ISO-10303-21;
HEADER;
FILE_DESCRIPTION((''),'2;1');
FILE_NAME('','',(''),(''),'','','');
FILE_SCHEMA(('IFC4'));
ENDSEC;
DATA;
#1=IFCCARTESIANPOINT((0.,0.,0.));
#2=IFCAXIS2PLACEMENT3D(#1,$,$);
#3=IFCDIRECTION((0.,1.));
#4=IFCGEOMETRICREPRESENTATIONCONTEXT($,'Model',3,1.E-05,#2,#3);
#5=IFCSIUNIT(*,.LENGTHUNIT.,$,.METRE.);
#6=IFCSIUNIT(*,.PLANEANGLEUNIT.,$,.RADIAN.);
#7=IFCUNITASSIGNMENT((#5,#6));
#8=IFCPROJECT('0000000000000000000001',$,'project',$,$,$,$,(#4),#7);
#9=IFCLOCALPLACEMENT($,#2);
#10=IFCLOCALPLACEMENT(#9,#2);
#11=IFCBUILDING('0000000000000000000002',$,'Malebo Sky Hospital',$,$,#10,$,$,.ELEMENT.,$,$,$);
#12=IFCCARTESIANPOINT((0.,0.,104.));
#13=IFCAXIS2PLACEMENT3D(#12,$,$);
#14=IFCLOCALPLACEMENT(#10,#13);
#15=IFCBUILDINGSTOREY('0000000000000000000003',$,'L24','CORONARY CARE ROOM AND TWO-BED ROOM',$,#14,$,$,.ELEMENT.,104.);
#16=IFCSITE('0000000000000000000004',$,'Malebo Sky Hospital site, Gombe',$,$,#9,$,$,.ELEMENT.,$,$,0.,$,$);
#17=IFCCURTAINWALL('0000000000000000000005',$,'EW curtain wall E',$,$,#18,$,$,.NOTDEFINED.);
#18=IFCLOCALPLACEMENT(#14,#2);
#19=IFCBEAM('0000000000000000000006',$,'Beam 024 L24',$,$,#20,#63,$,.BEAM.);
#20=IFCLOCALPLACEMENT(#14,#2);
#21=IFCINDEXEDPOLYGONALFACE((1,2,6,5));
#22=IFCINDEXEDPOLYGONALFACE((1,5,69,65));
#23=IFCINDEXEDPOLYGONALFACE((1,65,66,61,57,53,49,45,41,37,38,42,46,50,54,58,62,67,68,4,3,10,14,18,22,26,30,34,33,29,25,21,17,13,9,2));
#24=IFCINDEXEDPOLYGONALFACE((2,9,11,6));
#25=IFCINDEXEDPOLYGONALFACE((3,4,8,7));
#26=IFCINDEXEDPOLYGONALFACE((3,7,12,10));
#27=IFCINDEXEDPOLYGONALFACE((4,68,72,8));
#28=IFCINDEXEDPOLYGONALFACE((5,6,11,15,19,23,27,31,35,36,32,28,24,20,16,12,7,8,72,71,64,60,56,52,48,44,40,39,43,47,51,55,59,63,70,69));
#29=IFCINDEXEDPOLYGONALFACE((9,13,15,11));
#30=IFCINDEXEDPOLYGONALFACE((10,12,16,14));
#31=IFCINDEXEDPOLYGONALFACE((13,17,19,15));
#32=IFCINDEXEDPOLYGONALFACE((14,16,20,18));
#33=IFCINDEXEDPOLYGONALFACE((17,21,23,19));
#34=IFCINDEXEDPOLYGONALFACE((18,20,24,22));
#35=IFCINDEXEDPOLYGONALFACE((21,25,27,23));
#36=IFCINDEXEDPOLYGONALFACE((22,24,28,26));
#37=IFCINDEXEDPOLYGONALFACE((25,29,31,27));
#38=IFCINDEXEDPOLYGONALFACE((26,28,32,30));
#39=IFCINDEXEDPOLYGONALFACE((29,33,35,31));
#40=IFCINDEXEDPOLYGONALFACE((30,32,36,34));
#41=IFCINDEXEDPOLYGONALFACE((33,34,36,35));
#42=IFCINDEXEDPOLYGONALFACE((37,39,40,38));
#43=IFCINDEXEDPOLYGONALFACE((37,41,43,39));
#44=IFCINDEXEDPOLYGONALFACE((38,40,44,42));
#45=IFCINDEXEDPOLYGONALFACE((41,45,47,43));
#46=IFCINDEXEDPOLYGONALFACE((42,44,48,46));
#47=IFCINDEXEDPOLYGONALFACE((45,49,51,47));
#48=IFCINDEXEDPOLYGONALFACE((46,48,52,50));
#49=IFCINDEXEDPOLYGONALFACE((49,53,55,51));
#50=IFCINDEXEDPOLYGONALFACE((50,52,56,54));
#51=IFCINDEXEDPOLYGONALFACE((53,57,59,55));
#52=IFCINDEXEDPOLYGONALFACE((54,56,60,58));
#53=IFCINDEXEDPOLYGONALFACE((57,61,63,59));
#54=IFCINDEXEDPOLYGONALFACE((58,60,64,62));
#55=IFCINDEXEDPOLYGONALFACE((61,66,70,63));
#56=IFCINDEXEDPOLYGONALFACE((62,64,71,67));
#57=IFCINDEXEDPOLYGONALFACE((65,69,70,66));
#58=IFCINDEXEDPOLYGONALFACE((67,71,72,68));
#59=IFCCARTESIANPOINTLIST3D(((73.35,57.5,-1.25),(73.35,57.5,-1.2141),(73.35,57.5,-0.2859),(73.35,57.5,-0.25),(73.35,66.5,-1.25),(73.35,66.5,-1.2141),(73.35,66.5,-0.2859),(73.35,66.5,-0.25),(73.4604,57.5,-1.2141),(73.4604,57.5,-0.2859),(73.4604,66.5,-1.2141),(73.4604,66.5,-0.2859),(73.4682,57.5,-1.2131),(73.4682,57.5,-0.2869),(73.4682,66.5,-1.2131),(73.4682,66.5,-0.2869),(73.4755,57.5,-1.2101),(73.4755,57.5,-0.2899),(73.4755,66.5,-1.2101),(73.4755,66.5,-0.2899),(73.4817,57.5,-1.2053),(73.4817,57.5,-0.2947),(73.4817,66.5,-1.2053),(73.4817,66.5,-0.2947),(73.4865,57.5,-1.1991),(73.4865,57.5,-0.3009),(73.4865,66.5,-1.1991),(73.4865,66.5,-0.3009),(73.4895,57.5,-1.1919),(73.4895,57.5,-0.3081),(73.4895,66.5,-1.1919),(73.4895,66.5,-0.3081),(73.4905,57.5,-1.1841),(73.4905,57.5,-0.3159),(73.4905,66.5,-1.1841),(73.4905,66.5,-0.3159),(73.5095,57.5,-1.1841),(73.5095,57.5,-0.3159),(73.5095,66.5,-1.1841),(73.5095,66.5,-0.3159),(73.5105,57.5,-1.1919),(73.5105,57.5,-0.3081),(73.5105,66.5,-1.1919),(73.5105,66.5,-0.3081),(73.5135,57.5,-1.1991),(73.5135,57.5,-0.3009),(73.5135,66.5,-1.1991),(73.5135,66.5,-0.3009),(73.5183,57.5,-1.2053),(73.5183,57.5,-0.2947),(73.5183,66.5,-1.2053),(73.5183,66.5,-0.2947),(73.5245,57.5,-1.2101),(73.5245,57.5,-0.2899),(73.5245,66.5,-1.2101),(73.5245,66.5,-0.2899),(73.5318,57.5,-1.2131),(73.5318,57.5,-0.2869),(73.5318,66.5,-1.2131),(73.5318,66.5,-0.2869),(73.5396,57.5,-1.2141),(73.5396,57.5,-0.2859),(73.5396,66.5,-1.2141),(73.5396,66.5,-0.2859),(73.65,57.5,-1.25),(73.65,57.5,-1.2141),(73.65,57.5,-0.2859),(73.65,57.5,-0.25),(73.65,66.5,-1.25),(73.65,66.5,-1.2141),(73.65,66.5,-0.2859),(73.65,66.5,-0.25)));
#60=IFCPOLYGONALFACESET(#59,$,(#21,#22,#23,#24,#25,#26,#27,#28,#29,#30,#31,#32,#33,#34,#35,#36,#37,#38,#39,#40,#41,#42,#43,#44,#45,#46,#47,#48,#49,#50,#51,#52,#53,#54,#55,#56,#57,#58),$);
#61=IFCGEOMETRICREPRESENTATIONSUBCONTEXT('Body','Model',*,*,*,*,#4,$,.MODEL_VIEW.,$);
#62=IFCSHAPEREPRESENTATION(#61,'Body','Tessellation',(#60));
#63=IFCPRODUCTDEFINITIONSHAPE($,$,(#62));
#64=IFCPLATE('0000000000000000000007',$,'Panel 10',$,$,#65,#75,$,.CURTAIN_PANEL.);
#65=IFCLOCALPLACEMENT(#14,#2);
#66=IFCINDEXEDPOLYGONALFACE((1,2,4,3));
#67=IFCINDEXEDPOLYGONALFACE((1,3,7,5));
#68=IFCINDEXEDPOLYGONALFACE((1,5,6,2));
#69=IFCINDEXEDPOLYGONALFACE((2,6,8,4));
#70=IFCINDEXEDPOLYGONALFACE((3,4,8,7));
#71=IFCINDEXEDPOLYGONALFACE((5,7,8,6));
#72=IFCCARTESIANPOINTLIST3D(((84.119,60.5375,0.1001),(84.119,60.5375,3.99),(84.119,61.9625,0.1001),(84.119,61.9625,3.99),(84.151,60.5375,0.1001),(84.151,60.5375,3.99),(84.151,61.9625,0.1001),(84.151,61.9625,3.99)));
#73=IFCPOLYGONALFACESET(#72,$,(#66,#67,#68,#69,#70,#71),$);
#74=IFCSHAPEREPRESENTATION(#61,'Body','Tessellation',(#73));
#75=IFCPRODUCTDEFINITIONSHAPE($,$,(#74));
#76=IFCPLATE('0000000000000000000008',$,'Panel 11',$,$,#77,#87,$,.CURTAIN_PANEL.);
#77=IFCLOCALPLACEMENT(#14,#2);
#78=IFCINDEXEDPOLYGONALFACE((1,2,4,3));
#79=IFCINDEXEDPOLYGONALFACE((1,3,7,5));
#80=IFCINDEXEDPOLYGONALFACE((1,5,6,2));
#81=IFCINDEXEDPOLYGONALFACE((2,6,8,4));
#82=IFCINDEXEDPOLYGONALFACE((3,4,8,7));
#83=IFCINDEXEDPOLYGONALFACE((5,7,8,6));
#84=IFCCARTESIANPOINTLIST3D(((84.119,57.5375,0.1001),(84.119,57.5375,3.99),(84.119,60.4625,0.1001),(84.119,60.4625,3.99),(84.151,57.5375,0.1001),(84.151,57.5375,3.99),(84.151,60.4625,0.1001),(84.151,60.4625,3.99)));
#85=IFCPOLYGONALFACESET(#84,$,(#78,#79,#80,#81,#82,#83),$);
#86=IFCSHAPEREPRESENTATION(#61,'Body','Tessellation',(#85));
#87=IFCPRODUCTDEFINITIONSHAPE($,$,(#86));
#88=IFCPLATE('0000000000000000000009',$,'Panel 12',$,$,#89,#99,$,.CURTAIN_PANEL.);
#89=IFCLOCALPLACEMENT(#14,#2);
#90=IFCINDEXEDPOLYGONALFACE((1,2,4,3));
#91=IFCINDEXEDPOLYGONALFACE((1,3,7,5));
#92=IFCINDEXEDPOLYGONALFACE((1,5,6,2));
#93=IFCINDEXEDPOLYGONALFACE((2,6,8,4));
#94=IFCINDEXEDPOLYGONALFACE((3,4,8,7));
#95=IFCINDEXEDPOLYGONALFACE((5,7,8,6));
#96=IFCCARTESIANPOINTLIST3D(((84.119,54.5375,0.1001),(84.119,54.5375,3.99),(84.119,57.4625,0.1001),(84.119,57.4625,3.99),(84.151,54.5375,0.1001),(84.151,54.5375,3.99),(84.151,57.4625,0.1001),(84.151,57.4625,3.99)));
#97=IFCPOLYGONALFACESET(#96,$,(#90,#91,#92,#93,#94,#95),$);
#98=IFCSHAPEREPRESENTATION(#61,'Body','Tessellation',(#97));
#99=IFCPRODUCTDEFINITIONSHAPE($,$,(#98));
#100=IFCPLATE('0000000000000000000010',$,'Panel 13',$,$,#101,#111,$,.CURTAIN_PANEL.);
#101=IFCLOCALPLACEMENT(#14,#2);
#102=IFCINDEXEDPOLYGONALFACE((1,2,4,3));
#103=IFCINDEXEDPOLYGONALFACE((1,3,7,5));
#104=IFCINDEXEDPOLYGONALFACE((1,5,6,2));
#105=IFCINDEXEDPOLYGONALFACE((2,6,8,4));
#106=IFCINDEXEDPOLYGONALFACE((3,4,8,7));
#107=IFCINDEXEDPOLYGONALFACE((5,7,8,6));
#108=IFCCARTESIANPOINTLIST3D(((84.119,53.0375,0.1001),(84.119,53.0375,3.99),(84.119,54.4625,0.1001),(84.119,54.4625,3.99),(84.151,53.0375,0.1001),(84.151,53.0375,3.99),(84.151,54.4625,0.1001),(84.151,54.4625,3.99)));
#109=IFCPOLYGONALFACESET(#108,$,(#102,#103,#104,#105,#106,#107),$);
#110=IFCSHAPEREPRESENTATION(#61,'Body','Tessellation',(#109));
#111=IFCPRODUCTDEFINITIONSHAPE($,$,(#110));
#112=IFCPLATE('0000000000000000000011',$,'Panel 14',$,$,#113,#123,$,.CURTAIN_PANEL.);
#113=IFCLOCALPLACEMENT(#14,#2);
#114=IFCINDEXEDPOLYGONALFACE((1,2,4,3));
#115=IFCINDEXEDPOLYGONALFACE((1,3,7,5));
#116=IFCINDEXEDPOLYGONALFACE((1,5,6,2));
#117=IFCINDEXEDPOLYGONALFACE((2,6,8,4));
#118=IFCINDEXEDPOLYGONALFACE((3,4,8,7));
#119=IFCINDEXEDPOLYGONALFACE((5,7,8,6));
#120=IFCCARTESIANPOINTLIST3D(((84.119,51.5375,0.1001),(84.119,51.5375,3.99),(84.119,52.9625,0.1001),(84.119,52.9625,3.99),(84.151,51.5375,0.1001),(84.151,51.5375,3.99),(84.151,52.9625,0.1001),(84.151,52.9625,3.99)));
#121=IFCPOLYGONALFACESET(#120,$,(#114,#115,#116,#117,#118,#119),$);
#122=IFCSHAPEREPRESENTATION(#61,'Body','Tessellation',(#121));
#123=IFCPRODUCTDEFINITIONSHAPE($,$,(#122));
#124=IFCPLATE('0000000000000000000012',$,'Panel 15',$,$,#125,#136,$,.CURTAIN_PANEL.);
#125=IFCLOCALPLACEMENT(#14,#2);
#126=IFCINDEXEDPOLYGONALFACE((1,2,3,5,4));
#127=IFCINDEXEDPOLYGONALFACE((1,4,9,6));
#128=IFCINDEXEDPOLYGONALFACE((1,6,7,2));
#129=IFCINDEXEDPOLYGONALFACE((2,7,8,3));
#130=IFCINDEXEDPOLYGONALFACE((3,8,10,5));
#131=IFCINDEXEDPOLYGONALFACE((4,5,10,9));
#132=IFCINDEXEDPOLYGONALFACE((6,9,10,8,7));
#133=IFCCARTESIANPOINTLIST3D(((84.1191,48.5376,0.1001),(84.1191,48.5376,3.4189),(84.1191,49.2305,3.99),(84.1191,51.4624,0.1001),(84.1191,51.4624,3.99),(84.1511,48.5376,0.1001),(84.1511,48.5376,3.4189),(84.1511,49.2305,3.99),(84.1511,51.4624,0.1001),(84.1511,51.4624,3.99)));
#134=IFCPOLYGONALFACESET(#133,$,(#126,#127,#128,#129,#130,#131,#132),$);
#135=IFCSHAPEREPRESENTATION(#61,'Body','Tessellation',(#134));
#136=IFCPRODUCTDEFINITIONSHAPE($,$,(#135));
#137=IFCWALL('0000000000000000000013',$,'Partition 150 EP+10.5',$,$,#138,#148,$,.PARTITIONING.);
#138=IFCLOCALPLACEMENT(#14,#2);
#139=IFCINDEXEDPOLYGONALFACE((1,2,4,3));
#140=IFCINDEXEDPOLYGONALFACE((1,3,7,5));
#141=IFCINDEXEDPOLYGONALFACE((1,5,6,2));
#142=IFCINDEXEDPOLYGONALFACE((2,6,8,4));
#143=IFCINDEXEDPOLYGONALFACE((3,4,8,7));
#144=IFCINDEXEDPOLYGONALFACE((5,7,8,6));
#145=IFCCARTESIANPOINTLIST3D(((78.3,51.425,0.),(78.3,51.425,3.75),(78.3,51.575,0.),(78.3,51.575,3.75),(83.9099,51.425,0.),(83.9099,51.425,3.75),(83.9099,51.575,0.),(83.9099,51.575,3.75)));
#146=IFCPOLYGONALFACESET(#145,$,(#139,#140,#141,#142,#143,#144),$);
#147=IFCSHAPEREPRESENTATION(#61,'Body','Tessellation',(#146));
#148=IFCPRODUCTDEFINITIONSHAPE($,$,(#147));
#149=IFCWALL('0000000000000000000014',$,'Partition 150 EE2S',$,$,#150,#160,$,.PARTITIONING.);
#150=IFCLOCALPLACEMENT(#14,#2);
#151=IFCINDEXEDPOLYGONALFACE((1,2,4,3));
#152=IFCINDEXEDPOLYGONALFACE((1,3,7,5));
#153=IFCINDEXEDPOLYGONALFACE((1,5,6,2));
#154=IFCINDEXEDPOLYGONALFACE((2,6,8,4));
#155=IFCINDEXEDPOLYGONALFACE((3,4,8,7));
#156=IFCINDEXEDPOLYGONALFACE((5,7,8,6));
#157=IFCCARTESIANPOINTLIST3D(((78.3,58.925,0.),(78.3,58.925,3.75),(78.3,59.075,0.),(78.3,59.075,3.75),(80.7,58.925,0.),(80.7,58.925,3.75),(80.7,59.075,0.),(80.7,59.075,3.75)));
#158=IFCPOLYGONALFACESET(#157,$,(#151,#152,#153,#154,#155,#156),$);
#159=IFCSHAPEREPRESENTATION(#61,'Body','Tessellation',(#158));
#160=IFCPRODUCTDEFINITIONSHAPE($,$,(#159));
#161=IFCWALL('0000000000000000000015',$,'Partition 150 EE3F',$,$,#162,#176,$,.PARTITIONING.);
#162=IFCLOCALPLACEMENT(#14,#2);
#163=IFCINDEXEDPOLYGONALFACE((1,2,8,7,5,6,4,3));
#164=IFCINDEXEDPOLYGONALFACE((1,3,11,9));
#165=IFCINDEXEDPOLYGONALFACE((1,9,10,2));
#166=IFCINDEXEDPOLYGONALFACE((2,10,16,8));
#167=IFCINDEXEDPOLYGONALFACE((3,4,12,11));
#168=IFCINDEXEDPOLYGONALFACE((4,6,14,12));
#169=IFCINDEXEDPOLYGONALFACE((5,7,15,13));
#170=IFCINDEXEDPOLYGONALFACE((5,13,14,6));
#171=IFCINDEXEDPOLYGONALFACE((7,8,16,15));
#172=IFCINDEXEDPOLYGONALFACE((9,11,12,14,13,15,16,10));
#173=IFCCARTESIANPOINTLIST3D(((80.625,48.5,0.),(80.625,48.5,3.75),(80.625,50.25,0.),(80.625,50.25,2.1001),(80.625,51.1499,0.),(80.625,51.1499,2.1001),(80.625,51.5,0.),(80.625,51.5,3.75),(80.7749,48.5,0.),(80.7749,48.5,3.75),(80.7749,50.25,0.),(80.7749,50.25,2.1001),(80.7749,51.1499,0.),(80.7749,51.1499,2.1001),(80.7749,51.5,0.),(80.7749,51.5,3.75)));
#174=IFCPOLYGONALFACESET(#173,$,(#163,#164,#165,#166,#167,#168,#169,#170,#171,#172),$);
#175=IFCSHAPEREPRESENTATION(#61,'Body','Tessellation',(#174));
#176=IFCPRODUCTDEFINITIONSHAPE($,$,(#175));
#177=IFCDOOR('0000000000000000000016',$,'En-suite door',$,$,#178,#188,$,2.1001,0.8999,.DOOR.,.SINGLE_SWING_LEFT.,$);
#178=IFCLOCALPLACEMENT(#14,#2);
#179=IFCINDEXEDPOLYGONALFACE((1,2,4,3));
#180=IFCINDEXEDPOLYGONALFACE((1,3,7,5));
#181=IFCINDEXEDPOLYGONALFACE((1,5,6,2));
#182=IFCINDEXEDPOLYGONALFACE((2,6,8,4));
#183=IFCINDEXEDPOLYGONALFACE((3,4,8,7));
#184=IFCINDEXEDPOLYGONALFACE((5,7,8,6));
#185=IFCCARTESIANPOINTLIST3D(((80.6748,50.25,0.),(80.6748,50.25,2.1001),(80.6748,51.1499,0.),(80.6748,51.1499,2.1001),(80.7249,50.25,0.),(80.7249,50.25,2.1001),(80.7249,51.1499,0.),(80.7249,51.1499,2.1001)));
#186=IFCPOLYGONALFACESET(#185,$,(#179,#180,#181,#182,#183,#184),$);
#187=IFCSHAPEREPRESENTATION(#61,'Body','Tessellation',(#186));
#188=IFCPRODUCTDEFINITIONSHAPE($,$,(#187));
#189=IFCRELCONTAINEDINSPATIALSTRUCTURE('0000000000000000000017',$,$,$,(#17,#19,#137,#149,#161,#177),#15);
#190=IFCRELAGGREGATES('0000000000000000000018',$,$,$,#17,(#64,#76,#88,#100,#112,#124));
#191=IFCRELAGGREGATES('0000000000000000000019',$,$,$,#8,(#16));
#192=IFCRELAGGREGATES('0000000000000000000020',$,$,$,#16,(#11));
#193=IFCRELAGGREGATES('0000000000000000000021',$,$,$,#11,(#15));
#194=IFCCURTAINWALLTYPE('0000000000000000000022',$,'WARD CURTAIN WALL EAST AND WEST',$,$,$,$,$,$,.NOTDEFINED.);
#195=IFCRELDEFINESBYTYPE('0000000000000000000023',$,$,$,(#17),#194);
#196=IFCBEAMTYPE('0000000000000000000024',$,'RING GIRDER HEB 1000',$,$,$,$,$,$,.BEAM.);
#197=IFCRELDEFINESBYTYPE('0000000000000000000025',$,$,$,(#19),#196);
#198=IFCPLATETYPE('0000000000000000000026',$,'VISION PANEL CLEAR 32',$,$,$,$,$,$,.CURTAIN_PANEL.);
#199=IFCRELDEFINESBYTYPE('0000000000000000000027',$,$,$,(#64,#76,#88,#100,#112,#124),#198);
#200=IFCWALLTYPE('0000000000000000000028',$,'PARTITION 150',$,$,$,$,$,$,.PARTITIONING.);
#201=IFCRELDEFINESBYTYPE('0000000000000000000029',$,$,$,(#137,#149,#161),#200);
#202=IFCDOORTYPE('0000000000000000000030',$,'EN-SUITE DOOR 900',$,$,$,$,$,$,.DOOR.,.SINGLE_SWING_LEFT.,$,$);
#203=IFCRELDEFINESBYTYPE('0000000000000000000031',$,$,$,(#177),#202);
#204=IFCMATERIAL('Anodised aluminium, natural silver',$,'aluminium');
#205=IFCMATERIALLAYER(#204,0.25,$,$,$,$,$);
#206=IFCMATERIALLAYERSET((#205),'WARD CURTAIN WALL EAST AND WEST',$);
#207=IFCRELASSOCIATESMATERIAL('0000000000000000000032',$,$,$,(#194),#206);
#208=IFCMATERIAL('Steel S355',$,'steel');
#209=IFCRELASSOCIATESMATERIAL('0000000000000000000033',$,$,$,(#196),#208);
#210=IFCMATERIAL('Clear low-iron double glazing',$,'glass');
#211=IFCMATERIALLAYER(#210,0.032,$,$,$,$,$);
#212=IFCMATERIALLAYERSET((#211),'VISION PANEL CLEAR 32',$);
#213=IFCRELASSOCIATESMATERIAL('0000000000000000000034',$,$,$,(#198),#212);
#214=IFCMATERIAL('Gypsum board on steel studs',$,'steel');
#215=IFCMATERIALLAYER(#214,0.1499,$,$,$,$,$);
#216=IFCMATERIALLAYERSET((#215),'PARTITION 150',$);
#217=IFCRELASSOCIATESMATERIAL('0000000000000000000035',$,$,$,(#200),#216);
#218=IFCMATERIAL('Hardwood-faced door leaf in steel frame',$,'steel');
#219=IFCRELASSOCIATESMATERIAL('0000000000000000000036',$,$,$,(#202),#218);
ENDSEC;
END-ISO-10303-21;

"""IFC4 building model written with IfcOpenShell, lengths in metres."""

from ifc_helpers import new_model, si_unit, direction, frame, frame_2d, origin, origin_2d, place, context, subcontext, project, spatial, polyline, rectangle, i_section, outline, extrude, material, layer, layer_set, material_profile, profile_set, type_object, element, fill, aggregate, save


model = new_model("IFC4")

# Units and contexts
model_context = context("Model", 3, precision=1e-05, world=origin(), true_north=direction((0.0, 1.0)))
body_context = subcontext(model_context, "Body", "Model", "MODEL_VIEW")
ifc_project = project(units=[si_unit("LENGTHUNIT", "METRE"), si_unit("PLANEANGLEUNIT", "RADIAN")], contexts=[model_context])

# Site, building, storey
site_placement = place(None, origin())
site = spatial("IfcSite", under=ifc_project, at=site_placement, Name="Malebo Sky Hospital site, Gombe", CompositionType="ELEMENT", RefElevation=0.0)
building_placement = place(site_placement, origin())
building = spatial("IfcBuilding", under=site, at=building_placement, Name="Malebo Sky Hospital", CompositionType="ELEMENT")
storey_placement = place(building_placement, frame((0.0, 0.0, 104.0)))
storey = spatial("IfcBuildingStorey", under=building, at=storey_placement, Name="L24", Description="CORONARY CARE ROOM AND TWO-BED ROOM", CompositionType="ELEMENT", Elevation=104.0)

# Curtain wall
ifc_material_1 = material(Name="Anodised aluminium, natural silver", Category="aluminium")
ifc_layer_1 = layer(ifc_material_1, 0.25)
ifc_layer_set_1 = layer_set([ifc_layer_1], Name="WARD CURTAIN WALL EAST AND WEST")
curtain_wall_type = type_object("IfcCurtainWallType", Name="WARD CURTAIN WALL EAST AND WEST", PredefinedType="NOTDEFINED", material=ifc_layer_set_1)
curtain_wall_placement = place(storey_placement, origin())
curtain_wall = element("IfcCurtainWall", 1, at=curtain_wall_placement, inside=storey, type_object=curtain_wall_type, Name="EW curtain wall E", PredefinedType="NOTDEFINED")

# Beam
ifc_material_2 = material(Name="Steel S355", Category="steel")
ifc_material_profile_1 = material_profile(ifc_material_2, i_section(OverallWidth=0.3, OverallDepth=1.0, WebThickness=0.019, FlangeThickness=0.0359, FilletRadius=0.03, at=origin_2d()), Name="HEB 1000")
ifc_profile_set_1 = profile_set([ifc_material_profile_1], Name="Steel S355")
beam_type_1 = type_object("IfcBeamType", Name="RING GIRDER HEB 1000", PredefinedType="BEAM", material=ifc_profile_set_1)
beam_1_placement = place(storey_placement, frame((73.5, 57.5, -0.75), z_axis=(0.0, 1.0, 0.0), x_axis=(-1.0, 0.0, 0.0)))
element("IfcBeam", 2, at=beam_1_placement, inside=storey, type_object=beam_type_1, Name="Beam 024 L24", PredefinedType="BEAM", context=body_context, shape_type="SweptSolid", body=[
    extrude(i_section(OverallWidth=0.3, OverallDepth=1.0, WebThickness=0.019, FlangeThickness=0.0359, FilletRadius=0.03, at=origin_2d()), origin(), (0.0, 0.0, 1.0), 9.0),
])

# Plates
ifc_material_3 = material(Name="Clear low-iron double glazing", Category="glass")
ifc_layer_2 = layer(ifc_material_3, 0.032)
ifc_layer_set_2 = layer_set([ifc_layer_2], Name="VISION PANEL CLEAR 32")
plate_type = type_object("IfcPlateType", Name="VISION PANEL CLEAR 32", PredefinedType="CURTAIN_PANEL", material=ifc_layer_set_2)
plate_1_placement = place(storey_placement, frame((84.135, 61.25, 0.1001), z_axis=(0.0, 0.0, 1.0), x_axis=(0.0, -1.0, 0.0)))
plate_1 = element("IfcPlate", 3, at=plate_1_placement, type_object=plate_type, Name="Panel 10", PredefinedType="CURTAIN_PANEL", context=body_context, shape_type="SweptSolid", body=[
    extrude(rectangle(XDim=1.425, YDim=0.032, at=origin_2d()), origin(), (0.0, 0.0, 1.0), 3.8899),
])
plate_2_placement = place(storey_placement, frame((84.135, 59.0, 0.1001), z_axis=(0.0, 0.0, 1.0), x_axis=(0.0, -1.0, 0.0)))
plate_2 = element("IfcPlate", 4, at=plate_2_placement, type_object=plate_type, Name="Panel 11", PredefinedType="CURTAIN_PANEL", context=body_context, shape_type="SweptSolid", body=[
    extrude(rectangle(XDim=2.925, YDim=0.032, at=origin_2d()), origin(), (0.0, 0.0, 1.0), 3.8899),
])
plate_3_placement = place(storey_placement, frame((84.135, 56.0, 0.1001), z_axis=(0.0, 0.0, 1.0), x_axis=(0.0, -1.0, 0.0)))
plate_3 = element("IfcPlate", 5, at=plate_3_placement, type_object=plate_type, Name="Panel 12", PredefinedType="CURTAIN_PANEL", context=body_context, shape_type="SweptSolid", body=[
    extrude(rectangle(XDim=2.925, YDim=0.032, at=origin_2d()), origin(), (0.0, 0.0, 1.0), 3.8899),
])
plate_4_placement = place(storey_placement, frame((84.135, 53.75, 0.1001), z_axis=(0.0, 0.0, 1.0), x_axis=(0.0, -1.0, 0.0)))
plate_4 = element("IfcPlate", 6, at=plate_4_placement, type_object=plate_type, Name="Panel 13", PredefinedType="CURTAIN_PANEL", context=body_context, shape_type="SweptSolid", body=[
    extrude(rectangle(XDim=1.425, YDim=0.032, at=origin_2d()), origin(), (0.0, 0.0, 1.0), 3.8899),
])
plate_5_placement = place(storey_placement, frame((84.135, 52.25, 0.1001), z_axis=(0.0, 0.0, 1.0), x_axis=(0.0, -1.0, 0.0)))
plate_5 = element("IfcPlate", 7, at=plate_5_placement, type_object=plate_type, Name="Panel 14", PredefinedType="CURTAIN_PANEL", context=body_context, shape_type="SweptSolid", body=[
    extrude(rectangle(XDim=1.425, YDim=0.032, at=origin_2d()), origin(), (0.0, 0.0, 1.0), 3.8899),
])
plate_6_placement = place(storey_placement, frame((84.135, 50.0, 0.1001), z_axis=(0.0, 0.0, 1.0), x_axis=(0.0, -1.0, 0.0)))
plate_6 = element("IfcPlate", 8, at=plate_6_placement, type_object=plate_type, Name="Panel 15", PredefinedType="CURTAIN_PANEL", context=body_context, shape_type="SweptSolid", body=[
    extrude(outline(polyline([(-1.4624, 0.0), (1.4624, 0.0), (1.4624, 3.3188), (0.7695, 3.8899), (-1.4624, 3.8899), (-1.4624, 0.0)])), frame((0.0, 0.0161, 0.0), z_axis=(0.0, -1.0, 0.0), x_axis=(1.0, 0.0, 0.0)), (0.0, 0.0, 1.0), 0.032),
])
aggregate(curtain_wall, [plate_1, plate_2, plate_3, plate_4, plate_5, plate_6])

# Walls
ifc_material_4 = material(Name="Gypsum board on steel studs", Category="steel")
ifc_layer_3 = layer(ifc_material_4, 0.1499)
ifc_layer_set_3 = layer_set([ifc_layer_3], Name="PARTITION 150")
wall_type = type_object("IfcWallType", Name="PARTITION 150", PredefinedType="PARTITIONING", material=ifc_layer_set_3)
wall_1_placement = place(storey_placement, frame((78.3, 51.5, 0.0), z_axis=(0.0, 0.0, 1.0), x_axis=(1.0, 0.0, 0.0)))
element("IfcWall", 9, at=wall_1_placement, inside=storey, type_object=wall_type, Name="Partition 150 EP+10.5", PredefinedType="PARTITIONING", context=body_context, shape_type="SweptSolid", body=[
    extrude(rectangle(XDim=5.6099, YDim=0.1499, at=frame_2d((2.8049, 0.0))), origin(), (0.0, 0.0, 1.0), 3.75),
])
wall_2_placement = place(storey_placement, frame((78.3, 59.0, 0.0), z_axis=(0.0, 0.0, 1.0), x_axis=(1.0, 0.0, 0.0)))
element("IfcWall", 10, at=wall_2_placement, inside=storey, type_object=wall_type, Name="Partition 150 EE2S", PredefinedType="PARTITIONING", context=body_context, shape_type="SweptSolid", body=[
    extrude(rectangle(XDim=2.3999, YDim=0.1499, at=frame_2d((1.2, 0.0))), origin(), (0.0, 0.0, 1.0), 3.75),
])

# Wall, opening, door
wall_3_placement = place(storey_placement, frame((80.7, 51.5, 0.0), z_axis=(0.0, 0.0, 1.0), x_axis=(0.0, -1.0, 0.0)))
wall_3 = element("IfcWall", 11, at=wall_3_placement, inside=storey, type_object=wall_type, Name="Partition 150 EE3F", PredefinedType="PARTITIONING", context=body_context, shape_type="SweptSolid", body=[
    extrude(rectangle(XDim=3.0, YDim=0.1499, at=frame_2d((1.5, 0.0))), origin(), (0.0, 0.0, 1.0), 3.75),
])
opening_placement = place(wall_3_placement, frame((0.3501, 0.0, 0.0)))
opening = element("IfcOpeningElement", 12, at=opening_placement, cuts=wall_3, PredefinedType="OPENING", context=body_context, shape_type="SweptSolid", body=[
    extrude(rectangle(XDim=0.8999, YDim=2.1001, at=frame_2d((0.45, 1.05))), frame((0.0, 0.085, 0.0), z_axis=(0.0, -1.0, 0.0), x_axis=(1.0, 0.0, 0.0)), (0.0, 0.0, 1.0), 0.1699),
])
ifc_material_5 = material(Name="Hardwood-faced door leaf in steel frame", Category="steel")
door_type = type_object("IfcDoorType", Name="EN-SUITE DOOR 900", OperationType="SINGLE_SWING_LEFT", PredefinedType="DOOR", material=ifc_material_5)
door_placement = place(opening_placement, origin())
door = element("IfcDoor", 13, at=door_placement, inside=storey, type_object=door_type, Name="En-suite door", OperationType="SINGLE_SWING_LEFT", OverallHeight=2.1001, OverallWidth=0.8999, PredefinedType="DOOR", context=body_context, shape_type="SweptSolid", body=[
    extrude(rectangle(XDim=0.8999, YDim=2.1001, at=frame_2d((0.45, 1.05))), frame((0.0, 0.0249, 0.0), z_axis=(0.0, -1.0, 0.0), x_axis=(1.0, 0.0, 0.0)), (0.0, 0.0, 1.0), 0.05),
])
fill(opening, door)

save(model, "model.ifc")
